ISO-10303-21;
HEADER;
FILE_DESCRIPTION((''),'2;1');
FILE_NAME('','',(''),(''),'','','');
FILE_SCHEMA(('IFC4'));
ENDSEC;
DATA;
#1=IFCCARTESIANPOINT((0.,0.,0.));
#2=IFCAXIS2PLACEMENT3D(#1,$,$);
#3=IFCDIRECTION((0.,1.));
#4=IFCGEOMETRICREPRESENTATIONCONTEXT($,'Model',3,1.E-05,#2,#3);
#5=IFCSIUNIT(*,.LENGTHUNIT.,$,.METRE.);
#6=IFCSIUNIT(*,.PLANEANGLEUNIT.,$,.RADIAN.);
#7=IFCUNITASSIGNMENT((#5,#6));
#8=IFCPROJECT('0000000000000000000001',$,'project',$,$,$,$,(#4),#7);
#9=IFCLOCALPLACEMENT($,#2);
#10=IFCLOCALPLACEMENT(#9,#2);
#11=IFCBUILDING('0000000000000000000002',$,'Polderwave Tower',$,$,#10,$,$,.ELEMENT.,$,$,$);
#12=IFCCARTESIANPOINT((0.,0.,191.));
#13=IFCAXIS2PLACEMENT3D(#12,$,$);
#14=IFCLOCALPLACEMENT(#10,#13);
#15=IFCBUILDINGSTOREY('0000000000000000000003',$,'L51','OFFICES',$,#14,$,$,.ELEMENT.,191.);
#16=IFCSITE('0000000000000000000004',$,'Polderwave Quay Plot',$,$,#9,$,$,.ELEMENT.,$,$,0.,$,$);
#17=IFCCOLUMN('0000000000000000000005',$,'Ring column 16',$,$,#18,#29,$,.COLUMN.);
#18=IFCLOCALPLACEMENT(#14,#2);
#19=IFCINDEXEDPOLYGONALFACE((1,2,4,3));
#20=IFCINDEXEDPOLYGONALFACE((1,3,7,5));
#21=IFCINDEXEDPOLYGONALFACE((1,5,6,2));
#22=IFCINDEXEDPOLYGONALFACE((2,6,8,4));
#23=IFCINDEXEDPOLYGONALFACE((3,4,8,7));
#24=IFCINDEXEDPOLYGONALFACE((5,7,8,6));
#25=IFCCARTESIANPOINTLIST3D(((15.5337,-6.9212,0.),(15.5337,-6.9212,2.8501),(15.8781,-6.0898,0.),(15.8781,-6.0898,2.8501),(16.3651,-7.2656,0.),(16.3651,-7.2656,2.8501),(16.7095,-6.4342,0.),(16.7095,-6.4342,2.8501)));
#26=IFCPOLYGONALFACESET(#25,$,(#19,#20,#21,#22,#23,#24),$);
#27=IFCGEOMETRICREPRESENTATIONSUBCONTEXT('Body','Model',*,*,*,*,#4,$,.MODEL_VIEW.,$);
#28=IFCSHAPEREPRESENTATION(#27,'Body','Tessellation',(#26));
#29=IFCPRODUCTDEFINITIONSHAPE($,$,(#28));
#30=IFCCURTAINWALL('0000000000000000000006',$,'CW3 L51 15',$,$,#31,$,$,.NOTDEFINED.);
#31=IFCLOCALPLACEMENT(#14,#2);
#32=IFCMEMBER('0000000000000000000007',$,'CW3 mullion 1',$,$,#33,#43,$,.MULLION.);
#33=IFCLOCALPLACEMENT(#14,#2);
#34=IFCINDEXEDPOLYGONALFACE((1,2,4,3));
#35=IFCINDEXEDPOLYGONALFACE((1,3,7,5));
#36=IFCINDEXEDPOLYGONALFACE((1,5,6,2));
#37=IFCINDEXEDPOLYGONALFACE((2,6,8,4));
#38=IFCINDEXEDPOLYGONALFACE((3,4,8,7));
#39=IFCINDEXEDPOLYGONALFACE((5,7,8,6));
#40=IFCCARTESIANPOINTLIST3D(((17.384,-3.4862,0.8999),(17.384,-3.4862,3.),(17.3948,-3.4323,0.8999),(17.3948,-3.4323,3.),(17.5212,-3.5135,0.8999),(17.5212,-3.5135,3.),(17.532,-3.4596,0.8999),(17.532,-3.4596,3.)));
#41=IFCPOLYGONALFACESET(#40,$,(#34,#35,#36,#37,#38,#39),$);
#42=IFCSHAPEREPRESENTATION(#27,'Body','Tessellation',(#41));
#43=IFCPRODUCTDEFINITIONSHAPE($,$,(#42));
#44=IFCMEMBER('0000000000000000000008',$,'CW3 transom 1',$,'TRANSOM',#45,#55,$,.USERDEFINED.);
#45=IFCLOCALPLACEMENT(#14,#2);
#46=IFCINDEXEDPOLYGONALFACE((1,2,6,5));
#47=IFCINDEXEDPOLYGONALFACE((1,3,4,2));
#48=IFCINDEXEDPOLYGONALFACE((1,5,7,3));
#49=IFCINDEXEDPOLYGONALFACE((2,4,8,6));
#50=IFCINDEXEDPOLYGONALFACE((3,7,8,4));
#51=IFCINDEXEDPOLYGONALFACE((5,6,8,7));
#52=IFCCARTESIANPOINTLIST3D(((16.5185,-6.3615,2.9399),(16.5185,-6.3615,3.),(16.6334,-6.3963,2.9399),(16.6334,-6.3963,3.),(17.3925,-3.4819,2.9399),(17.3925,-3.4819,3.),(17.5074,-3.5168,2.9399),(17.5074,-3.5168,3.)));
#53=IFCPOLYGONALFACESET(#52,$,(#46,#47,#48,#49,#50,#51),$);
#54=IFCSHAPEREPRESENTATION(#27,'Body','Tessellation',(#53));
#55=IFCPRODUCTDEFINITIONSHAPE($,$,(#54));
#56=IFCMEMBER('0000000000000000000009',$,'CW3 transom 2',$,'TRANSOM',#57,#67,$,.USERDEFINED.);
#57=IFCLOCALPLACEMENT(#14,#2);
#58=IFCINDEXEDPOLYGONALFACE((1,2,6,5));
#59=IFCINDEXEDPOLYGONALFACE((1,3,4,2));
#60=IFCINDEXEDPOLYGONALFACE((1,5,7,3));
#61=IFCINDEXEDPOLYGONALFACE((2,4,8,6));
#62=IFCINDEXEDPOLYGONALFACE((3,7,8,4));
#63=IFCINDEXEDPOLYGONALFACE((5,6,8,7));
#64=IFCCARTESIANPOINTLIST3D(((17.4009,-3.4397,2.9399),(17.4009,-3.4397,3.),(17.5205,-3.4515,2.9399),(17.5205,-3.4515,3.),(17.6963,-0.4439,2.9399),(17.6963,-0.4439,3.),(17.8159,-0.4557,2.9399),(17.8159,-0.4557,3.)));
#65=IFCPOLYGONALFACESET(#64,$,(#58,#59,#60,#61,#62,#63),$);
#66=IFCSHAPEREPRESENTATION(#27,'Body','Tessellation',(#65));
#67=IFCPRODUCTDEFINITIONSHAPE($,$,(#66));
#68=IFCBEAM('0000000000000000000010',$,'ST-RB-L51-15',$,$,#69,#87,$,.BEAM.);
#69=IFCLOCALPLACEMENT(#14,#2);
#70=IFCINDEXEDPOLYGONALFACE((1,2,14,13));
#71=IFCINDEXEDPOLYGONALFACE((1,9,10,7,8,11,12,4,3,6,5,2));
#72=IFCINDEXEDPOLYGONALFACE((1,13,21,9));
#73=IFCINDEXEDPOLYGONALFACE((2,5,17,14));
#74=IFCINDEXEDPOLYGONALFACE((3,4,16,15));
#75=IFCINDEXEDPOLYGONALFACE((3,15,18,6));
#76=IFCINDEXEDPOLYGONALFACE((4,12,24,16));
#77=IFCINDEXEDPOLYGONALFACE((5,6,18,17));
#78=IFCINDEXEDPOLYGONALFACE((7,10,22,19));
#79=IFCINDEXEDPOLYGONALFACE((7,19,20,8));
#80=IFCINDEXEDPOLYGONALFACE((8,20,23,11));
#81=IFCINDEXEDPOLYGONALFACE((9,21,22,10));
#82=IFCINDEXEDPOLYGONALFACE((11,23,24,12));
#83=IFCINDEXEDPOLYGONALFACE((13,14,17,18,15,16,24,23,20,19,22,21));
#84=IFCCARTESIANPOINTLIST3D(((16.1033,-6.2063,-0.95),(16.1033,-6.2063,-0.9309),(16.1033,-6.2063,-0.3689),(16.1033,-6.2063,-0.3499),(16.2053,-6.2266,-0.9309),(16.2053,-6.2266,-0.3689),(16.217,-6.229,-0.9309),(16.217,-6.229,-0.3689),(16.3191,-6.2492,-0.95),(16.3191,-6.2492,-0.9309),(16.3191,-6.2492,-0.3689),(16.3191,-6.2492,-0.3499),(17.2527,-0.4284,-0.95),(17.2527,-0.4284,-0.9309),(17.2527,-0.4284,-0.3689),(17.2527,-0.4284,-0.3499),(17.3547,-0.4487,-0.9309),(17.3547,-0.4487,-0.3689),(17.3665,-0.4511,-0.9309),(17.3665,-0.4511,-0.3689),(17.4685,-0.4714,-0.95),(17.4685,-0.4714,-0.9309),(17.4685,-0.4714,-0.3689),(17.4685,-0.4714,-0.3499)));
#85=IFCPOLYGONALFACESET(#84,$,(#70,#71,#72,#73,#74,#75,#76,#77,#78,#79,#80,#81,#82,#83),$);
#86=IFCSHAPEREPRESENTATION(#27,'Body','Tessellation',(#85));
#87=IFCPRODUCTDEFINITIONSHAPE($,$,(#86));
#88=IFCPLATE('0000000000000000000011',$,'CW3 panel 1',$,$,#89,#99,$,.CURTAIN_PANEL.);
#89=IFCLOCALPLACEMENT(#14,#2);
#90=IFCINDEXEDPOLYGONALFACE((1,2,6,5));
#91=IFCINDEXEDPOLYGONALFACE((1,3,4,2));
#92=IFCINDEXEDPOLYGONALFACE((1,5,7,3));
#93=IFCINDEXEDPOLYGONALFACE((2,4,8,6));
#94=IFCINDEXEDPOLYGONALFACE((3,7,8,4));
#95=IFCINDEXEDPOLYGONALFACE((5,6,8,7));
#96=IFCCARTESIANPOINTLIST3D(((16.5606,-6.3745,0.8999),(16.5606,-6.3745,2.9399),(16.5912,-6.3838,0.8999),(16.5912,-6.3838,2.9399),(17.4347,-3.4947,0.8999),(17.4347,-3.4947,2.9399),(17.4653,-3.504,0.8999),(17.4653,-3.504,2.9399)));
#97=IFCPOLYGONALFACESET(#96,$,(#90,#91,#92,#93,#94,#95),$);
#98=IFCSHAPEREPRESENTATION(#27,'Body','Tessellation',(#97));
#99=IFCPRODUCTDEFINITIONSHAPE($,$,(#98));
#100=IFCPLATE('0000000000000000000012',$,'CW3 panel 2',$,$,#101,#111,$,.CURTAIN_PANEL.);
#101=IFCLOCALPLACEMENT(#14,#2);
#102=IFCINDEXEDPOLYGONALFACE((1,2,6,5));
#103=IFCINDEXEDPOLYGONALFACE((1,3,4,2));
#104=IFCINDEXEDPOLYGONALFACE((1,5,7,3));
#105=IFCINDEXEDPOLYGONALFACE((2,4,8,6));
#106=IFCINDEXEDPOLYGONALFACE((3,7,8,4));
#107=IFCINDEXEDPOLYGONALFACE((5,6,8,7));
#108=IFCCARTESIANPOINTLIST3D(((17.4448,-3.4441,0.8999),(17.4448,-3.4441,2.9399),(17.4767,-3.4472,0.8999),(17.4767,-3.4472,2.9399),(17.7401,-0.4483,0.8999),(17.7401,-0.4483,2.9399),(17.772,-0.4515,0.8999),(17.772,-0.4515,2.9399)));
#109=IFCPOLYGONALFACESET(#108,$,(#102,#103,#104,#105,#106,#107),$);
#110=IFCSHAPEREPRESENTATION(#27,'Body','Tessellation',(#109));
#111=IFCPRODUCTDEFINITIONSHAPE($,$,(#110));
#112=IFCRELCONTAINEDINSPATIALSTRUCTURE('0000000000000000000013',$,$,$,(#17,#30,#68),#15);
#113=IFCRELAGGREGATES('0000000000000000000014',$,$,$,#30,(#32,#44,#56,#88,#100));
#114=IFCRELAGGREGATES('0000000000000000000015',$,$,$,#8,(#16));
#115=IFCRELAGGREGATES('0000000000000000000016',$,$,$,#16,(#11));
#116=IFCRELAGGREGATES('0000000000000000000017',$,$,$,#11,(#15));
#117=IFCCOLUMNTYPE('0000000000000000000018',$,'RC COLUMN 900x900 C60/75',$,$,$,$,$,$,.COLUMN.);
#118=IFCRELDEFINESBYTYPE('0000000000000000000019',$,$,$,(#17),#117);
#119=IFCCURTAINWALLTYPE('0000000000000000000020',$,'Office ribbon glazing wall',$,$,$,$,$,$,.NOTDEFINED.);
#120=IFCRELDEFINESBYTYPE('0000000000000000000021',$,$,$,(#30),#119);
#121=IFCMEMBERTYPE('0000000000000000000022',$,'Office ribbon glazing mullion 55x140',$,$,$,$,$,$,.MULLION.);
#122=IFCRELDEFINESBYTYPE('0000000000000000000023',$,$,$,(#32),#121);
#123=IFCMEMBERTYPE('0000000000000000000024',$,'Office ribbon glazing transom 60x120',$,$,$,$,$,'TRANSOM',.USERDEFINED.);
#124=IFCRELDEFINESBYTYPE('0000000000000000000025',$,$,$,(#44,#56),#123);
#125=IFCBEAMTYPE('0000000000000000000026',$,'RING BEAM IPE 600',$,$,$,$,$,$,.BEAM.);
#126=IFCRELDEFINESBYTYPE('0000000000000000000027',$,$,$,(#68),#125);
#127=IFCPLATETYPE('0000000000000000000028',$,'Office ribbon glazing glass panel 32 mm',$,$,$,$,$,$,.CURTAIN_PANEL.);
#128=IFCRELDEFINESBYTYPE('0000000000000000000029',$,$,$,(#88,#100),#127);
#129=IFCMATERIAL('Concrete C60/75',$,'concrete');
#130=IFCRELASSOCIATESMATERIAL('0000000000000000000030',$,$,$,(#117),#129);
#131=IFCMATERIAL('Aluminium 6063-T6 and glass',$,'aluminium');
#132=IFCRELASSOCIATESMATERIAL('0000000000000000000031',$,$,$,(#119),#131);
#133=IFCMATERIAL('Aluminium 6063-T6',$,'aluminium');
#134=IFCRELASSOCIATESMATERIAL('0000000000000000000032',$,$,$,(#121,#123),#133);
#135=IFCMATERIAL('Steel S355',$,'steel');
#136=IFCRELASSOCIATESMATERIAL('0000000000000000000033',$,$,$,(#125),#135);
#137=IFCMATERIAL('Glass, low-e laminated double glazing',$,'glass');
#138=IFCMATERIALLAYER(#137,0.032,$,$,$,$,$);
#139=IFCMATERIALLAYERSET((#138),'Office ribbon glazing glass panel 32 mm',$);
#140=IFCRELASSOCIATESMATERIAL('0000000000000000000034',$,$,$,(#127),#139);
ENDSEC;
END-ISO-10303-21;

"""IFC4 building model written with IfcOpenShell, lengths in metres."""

from ifc_helpers import new_model, si_unit, direction, frame, origin, origin_2d, place, context, subcontext, project, spatial, rectangle, i_section, extrude, material, layer, layer_set, material_profile, profile_set, type_object, element, aggregate, save


model = new_model("IFC4")

# Units and contexts
model_context = context("Model", 3, precision=1e-05, world=origin(), true_north=direction((0.0, 1.0)))
body_context = subcontext(model_context, "Body", "Model", "MODEL_VIEW")
ifc_project = project(units=[si_unit("LENGTHUNIT", "METRE"), si_unit("PLANEANGLEUNIT", "RADIAN")], contexts=[model_context])

# Site, building, storey
site_placement = place(None, origin())
site = spatial("IfcSite", under=ifc_project, at=site_placement, Name="Polderwave Quay Plot", CompositionType="ELEMENT", RefElevation=0.0)
building_placement = place(site_placement, origin())
building = spatial("IfcBuilding", under=site, at=building_placement, Name="Polderwave Tower", CompositionType="ELEMENT")
storey_placement = place(building_placement, frame((0.0, 0.0, 191.0)))
storey = spatial("IfcBuildingStorey", under=building, at=storey_placement, Name="L51", Description="OFFICES", CompositionType="ELEMENT", Elevation=191.0)

# Column
ifc_material_1 = material(Name="Concrete C60/75", Category="concrete")
ifc_material_profile_1 = material_profile(ifc_material_1, rectangle(XDim=0.8999, YDim=0.8999, at=origin_2d()), Name="RC 900x900")
ifc_profile_set_1 = profile_set([ifc_material_profile_1], Name="Concrete C60/75")
column_type = type_object("IfcColumnType", Name="RC COLUMN 900x900 C60/75", PredefinedType="COLUMN", material=ifc_profile_set_1)
column_placement = place(storey_placement, frame((16.1216, -6.6777, 0.0), z_axis=(0.0, 0.0, 1.0), x_axis=(0.92388, -0.382683, 0.0)))
element("IfcColumn", 1, at=column_placement, inside=storey, type_object=column_type, Name="Ring column 16", PredefinedType="COLUMN", context=body_context, shape_type="SweptSolid", body=[
    extrude(rectangle(XDim=0.8999, YDim=0.8999, at=origin_2d()), origin(), (0.0, 0.0, 1.0), 2.8501),
])

# Curtain wall, members
ifc_material_2 = material(Name="Aluminium 6063-T6 and glass", Category="aluminium")
curtain_wall_type = type_object("IfcCurtainWallType", Name="Office ribbon glazing wall", PredefinedType="NOTDEFINED", material=ifc_material_2)
curtain_wall_placement = place(storey_placement, origin())
curtain_wall = element("IfcCurtainWall", 2, at=curtain_wall_placement, inside=storey, type_object=curtain_wall_type, Name="CW3 L51 15", PredefinedType="NOTDEFINED")
ifc_material_3 = material(Name="Aluminium 6063-T6", Category="aluminium")
ifc_material_profile_2 = material_profile(ifc_material_3, rectangle(XDim=0.1399, YDim=0.0549, at=origin_2d()), Name="AL 55x140")
ifc_profile_set_2 = profile_set([ifc_material_profile_2], Name="Aluminium 6063-T6")
member_type_1 = type_object("IfcMemberType", Name="Office ribbon glazing mullion 55x140", PredefinedType="MULLION", material=ifc_profile_set_2)
member_1_placement = place(storey_placement, frame((17.458, -3.4729, 0.8999), z_axis=(0.0, 0.0, 1.0), x_axis=(-0.980762, 0.195205, 0.0)))
member_1 = element("IfcMember", 3, at=member_1_placement, type_object=member_type_1, Name="CW3 mullion 1", PredefinedType="MULLION", context=body_context, shape_type="SweptSolid", body=[
    extrude(rectangle(XDim=0.1399, YDim=0.0549, at=origin_2d()), origin(), (0.0, 0.0, 1.0), 2.1001),
])
ifc_material_profile_3 = material_profile(ifc_material_3, rectangle(XDim=0.1201, YDim=0.0601, at=origin_2d()), Name="AL 60x120")
ifc_profile_set_3 = profile_set([ifc_material_profile_3], Name="Aluminium 6063-T6")
member_type_2 = type_object("IfcMemberType", Name="Office ribbon glazing transom 60x120", ElementType="TRANSOM", PredefinedType="USERDEFINED", material=ifc_profile_set_3)
member_2_placement = place(storey_placement, frame((16.5759, -6.3789, 2.97), z_axis=(0.290435, 0.956895, 0.0), x_axis=(-0.956895, 0.290435, 0.0)))
member_2 = element("IfcMember", 4, at=member_2_placement, type_object=member_type_2, Name="CW3 transom 1", ObjectType="TRANSOM", PredefinedType="USERDEFINED", context=body_context, shape_type="SweptSolid", body=[
    extrude(rectangle(XDim=0.1201, YDim=0.0601, at=origin_2d()), origin(), (0.0, 0.0, 1.0), 3.0093),
])
member_3_placement = place(storey_placement, frame((17.4607, -3.4456, 2.97), z_axis=(0.098138, 0.995173, 0.0), x_axis=(-0.995173, 0.098138, 0.0)))
member_3 = element("IfcMember", 5, at=member_3_placement, type_object=member_type_2, Name="CW3 transom 2", ObjectType="TRANSOM", PredefinedType="USERDEFINED", context=body_context, shape_type="SweptSolid", body=[
    extrude(rectangle(XDim=0.1201, YDim=0.0601, at=origin_2d()), origin(), (0.0, 0.0, 1.0), 3.0103),
])

# Beam
ifc_material_4 = material(Name="Steel S355", Category="steel")
ifc_material_profile_4 = material_profile(ifc_material_4, i_section(OverallWidth=0.22, OverallDepth=0.6001, WebThickness=0.012, FlangeThickness=0.019, at=origin_2d()), Name="IPE 600")
ifc_profile_set_4 = profile_set([ifc_material_profile_4], Name="Steel S355")
beam_type = type_object("IfcBeamType", Name="RING BEAM IPE 600", PredefinedType="BEAM", material=ifc_profile_set_4)
beam_placement = place(storey_placement, frame((16.2112, -6.2278, -0.6499), z_axis=(0.195112, 0.980781, 0.0), x_axis=(-0.980781, 0.195112, 0.0)))
element("IfcBeam", 6, at=beam_placement, inside=storey, type_object=beam_type, Name="ST-RB-L51-15", PredefinedType="BEAM", context=body_context, shape_type="SweptSolid", body=[
    extrude(i_section(OverallWidth=0.22, OverallDepth=0.6001, WebThickness=0.012, FlangeThickness=0.019, at=origin_2d()), origin(), (0.0, 0.0, 1.0), 5.8911),
])

# Plates
ifc_material_5 = material(Name="Glass, low-e laminated double glazing", Category="glass")
ifc_layer_1 = layer(ifc_material_5, 0.032)
ifc_layer_set_1 = layer_set([ifc_layer_1], Name="Office ribbon glazing glass panel 32 mm")
plate_type = type_object("IfcPlateType", Name="Office ribbon glazing glass panel 32 mm", PredefinedType="CURTAIN_PANEL", material=ifc_layer_set_1)
plate_1_placement = place(storey_placement, frame((17.0129, -4.9392, 0.8999), z_axis=(0.0, 0.0, 1.0), x_axis=(0.290428, 0.956897, 0.0)))
plate_1 = element("IfcPlate", 7, at=plate_1_placement, type_object=plate_type, Name="CW3 panel 1", PredefinedType="CURTAIN_PANEL", context=body_context, shape_type="SweptSolid", body=[
    extrude(rectangle(XDim=3.0095, YDim=0.032, at=origin_2d()), origin(), (0.0, 0.0, 1.0), 2.04),
])
plate_2_placement = place(storey_placement, frame((17.6084, -1.9478, 0.8999), z_axis=(0.0, 0.0, 1.0), x_axis=(0.098102, 0.995176, 0.0)))
plate_2 = element("IfcPlate", 8, at=plate_2_placement, type_object=plate_type, Name="CW3 panel 2", PredefinedType="CURTAIN_PANEL", context=body_context, shape_type="SweptSolid", body=[
    extrude(rectangle(XDim=3.0103, YDim=0.032, at=origin_2d()), origin(), (0.0, 0.0, 1.0), 2.04),
])
aggregate(curtain_wall, [member_1, member_2, member_3, plate_1, plate_2])

save(model, "model.ifc")
